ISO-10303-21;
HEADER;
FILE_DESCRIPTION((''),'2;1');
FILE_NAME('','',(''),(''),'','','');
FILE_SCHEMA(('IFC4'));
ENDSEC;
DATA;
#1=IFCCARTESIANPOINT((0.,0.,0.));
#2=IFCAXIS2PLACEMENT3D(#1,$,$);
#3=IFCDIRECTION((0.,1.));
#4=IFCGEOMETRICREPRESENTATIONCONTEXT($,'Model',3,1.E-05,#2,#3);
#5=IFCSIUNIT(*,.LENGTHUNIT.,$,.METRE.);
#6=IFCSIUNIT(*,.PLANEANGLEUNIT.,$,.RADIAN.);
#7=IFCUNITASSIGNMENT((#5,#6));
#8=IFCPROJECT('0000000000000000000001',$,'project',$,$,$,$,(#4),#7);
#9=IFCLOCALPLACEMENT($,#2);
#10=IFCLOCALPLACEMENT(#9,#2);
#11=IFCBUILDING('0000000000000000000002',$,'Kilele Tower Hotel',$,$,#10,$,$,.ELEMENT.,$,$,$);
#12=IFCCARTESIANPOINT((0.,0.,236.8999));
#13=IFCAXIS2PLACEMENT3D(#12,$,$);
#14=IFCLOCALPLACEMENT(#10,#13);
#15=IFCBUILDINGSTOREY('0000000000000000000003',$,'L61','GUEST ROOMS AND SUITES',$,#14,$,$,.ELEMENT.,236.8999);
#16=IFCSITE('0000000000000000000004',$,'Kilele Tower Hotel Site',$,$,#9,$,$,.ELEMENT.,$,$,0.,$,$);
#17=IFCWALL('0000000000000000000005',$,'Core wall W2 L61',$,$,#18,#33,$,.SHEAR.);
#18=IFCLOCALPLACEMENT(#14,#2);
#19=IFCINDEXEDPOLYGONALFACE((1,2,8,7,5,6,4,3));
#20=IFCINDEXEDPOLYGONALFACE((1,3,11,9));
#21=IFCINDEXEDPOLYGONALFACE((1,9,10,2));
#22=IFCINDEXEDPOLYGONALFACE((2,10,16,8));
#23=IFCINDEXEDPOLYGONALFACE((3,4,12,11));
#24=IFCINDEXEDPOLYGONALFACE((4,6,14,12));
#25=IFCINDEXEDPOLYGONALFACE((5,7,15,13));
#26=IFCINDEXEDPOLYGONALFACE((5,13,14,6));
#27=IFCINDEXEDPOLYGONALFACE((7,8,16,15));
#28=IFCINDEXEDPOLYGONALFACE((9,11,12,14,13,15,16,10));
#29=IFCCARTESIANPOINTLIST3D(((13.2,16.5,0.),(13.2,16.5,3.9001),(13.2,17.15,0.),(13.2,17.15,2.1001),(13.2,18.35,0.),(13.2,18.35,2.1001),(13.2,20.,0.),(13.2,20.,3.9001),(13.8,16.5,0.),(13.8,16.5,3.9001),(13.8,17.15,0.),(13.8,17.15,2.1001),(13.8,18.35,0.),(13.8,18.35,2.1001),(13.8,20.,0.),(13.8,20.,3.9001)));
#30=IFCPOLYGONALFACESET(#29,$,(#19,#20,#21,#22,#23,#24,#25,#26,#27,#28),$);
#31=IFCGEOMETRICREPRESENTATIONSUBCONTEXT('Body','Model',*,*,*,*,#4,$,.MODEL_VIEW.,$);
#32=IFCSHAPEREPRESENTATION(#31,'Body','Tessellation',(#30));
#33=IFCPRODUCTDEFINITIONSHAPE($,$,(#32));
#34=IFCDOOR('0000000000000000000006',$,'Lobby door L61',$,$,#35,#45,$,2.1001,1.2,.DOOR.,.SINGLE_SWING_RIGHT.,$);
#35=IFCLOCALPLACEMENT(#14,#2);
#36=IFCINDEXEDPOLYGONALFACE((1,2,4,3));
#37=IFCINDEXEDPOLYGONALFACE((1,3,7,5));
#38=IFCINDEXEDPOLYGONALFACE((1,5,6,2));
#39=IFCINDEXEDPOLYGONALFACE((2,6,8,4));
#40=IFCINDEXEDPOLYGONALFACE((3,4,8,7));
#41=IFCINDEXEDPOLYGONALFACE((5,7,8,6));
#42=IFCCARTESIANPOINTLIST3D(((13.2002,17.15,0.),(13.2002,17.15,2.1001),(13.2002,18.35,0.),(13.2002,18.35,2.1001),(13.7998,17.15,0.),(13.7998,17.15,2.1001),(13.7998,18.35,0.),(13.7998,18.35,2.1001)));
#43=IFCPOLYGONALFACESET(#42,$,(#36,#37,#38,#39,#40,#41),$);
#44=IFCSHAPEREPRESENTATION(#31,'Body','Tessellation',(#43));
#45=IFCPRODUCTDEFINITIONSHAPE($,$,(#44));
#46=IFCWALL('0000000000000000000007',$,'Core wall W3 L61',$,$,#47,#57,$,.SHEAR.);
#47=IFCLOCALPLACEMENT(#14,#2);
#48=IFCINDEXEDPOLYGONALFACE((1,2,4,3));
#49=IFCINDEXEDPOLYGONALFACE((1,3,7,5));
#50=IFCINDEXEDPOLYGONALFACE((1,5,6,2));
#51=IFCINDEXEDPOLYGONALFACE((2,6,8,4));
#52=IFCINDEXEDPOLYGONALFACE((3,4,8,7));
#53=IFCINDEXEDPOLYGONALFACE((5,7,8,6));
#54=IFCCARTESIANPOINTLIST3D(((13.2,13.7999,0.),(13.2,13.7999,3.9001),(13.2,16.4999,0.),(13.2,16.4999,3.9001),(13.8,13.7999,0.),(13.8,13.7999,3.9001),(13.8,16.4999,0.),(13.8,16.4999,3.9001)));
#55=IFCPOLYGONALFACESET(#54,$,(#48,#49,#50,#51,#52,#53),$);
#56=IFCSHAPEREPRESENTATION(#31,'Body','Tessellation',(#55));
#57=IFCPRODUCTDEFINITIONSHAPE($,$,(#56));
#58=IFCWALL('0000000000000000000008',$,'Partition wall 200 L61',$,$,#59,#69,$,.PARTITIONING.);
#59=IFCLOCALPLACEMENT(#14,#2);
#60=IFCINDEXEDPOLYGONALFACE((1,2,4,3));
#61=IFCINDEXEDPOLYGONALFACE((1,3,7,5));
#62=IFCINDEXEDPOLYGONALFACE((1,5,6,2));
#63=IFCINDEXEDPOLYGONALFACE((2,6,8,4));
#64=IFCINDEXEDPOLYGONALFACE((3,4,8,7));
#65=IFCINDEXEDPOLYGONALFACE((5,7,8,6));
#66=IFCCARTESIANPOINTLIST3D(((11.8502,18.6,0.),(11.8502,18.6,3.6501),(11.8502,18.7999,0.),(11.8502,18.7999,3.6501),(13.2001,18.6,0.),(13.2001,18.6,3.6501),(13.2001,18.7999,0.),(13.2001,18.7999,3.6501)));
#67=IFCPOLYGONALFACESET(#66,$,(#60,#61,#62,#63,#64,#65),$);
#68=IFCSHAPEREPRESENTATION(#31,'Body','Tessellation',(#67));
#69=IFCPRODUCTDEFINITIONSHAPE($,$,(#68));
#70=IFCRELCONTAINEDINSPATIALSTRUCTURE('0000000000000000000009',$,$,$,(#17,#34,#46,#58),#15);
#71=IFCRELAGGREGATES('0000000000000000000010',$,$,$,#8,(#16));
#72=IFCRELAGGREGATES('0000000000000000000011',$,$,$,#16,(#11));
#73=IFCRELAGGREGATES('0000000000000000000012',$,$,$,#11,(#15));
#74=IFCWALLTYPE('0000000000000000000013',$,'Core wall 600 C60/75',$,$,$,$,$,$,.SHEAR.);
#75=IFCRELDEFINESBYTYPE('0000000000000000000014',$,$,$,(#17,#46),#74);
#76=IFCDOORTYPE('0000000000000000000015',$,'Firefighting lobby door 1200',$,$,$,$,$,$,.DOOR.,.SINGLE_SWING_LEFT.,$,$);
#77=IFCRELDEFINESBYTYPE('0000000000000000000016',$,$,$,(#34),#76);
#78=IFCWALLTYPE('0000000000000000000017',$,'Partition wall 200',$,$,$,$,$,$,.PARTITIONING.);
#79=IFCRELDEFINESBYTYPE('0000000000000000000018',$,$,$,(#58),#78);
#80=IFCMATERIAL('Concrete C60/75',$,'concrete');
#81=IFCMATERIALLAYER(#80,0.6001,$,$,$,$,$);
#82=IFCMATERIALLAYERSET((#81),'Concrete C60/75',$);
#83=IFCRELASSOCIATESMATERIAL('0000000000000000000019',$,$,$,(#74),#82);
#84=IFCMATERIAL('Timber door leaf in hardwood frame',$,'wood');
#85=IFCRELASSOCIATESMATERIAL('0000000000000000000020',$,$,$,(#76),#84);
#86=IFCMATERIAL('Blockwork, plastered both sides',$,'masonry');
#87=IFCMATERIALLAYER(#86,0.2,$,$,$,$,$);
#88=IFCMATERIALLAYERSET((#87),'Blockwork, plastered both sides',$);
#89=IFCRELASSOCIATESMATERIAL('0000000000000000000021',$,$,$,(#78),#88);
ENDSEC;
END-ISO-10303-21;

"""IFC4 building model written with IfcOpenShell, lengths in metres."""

from ifc_helpers import new_model, si_unit, direction, frame, frame_2d, origin, place, context, subcontext, project, spatial, rectangle, extrude, material, layer, layer_set, type_object, element, fill, save


model = new_model("IFC4")

# Units and contexts
model_context = context("Model", 3, precision=1e-05, world=origin(), true_north=direction((0.0, 1.0)))
body_context = subcontext(model_context, "Body", "Model", "MODEL_VIEW")
ifc_project = project(units=[si_unit("LENGTHUNIT", "METRE"), si_unit("PLANEANGLEUNIT", "RADIAN")], contexts=[model_context])

# Site, building, storey
site_placement = place(None, origin())
site = spatial("IfcSite", under=ifc_project, at=site_placement, Name="Kilele Tower Hotel Site", CompositionType="ELEMENT", RefElevation=0.0)
building_placement = place(site_placement, origin())
building = spatial("IfcBuilding", under=site, at=building_placement, Name="Kilele Tower Hotel", CompositionType="ELEMENT")
storey_placement = place(building_placement, frame((0.0, 0.0, 236.8999)))
storey = spatial("IfcBuildingStorey", under=building, at=storey_placement, Name="L61", Description="GUEST ROOMS AND SUITES", CompositionType="ELEMENT", Elevation=236.8999)

# Shared definitions
ifc_material_1 = material(Name="Concrete C60/75", Category="concrete")
ifc_layer_1 = layer(ifc_material_1, 0.6001)
ifc_layer_set_1 = layer_set([ifc_layer_1], Name="Concrete C60/75")
wall_type_1 = type_object("IfcWallType", Name="Core wall 600 C60/75", PredefinedType="SHEAR", material=ifc_layer_set_1)
ifc_material_2 = material(Name="Timber door leaf in hardwood frame", Category="wood")
door_type_1 = type_object("IfcDoorType", Name="Firefighting lobby door 1200", OperationType="SINGLE_SWING_LEFT", PredefinedType="DOOR", material=ifc_material_2)

# Wall, opening, door
wall_1_placement = place(storey_placement, frame((13.5, 20.0, 0.0), z_axis=(0.0, 0.0, 1.0), x_axis=(0.0, -1.0, 0.0)))
wall_1 = element("IfcWall", 1, at=wall_1_placement, inside=storey, type_object=wall_type_1, Name="Core wall W2 L61", PredefinedType="SHEAR", context=body_context, shape_type="SweptSolid", body=[
    extrude(rectangle(XDim=3.5, YDim=0.6001, at=frame_2d((1.75, 0.0))), origin(), (0.0, 0.0, 1.0), 3.9001),
])
opening_1_placement = place(wall_1_placement, frame((1.6499, 0.0, 0.0)))
opening_1 = element("IfcOpeningElement", 2, at=opening_1_placement, cuts=wall_1, PredefinedType="OPENING", context=body_context, shape_type="SweptSolid", body=[
    extrude(rectangle(XDim=1.2, YDim=2.1001, at=frame_2d((0.6001, 1.05))), frame((0.0, 0.3101, 0.0), z_axis=(0.0, -1.0, 0.0), x_axis=(1.0, 0.0, 0.0)), (0.0, 0.0, 1.0), 0.6201),
])
door_1_placement = place(opening_1_placement, origin())
door_1 = element("IfcDoor", 3, at=door_1_placement, inside=storey, type_object=door_type_1, Name="Lobby door L61", OperationType="SINGLE_SWING_RIGHT", OverallHeight=2.1001, OverallWidth=1.2, PredefinedType="DOOR", context=body_context, shape_type="SweptSolid", body=[
    extrude(rectangle(XDim=1.2, YDim=2.1001, at=frame_2d((0.6001, 1.05))), frame((0.0, 0.2998, 0.0), z_axis=(0.0, -1.0, 0.0), x_axis=(1.0, 0.0, 0.0)), (0.0, 0.0, 1.0), 0.5996),
])
fill(opening_1, door_1)

# Walls
wall_2_placement = place(storey_placement, frame((13.5, 16.5, 0.0), z_axis=(0.0, 0.0, 1.0), x_axis=(0.0, -1.0, 0.0)))
element("IfcWall", 4, at=wall_2_placement, inside=storey, type_object=wall_type_1, Name="Core wall W3 L61", PredefinedType="SHEAR", context=body_context, shape_type="SweptSolid", body=[
    extrude(rectangle(XDim=2.7, YDim=0.6001, at=frame_2d((1.3501, 0.0))), origin(), (0.0, 0.0, 1.0), 3.9001),
])
ifc_material_3 = material(Name="Blockwork, plastered both sides", Category="masonry")
ifc_layer_2 = layer(ifc_material_3, 0.2)
ifc_layer_set_2 = layer_set([ifc_layer_2], Name="Blockwork, plastered both sides")
wall_type_2 = type_object("IfcWallType", Name="Partition wall 200", PredefinedType="PARTITIONING", material=ifc_layer_set_2)
wall_3_placement = place(storey_placement, frame((13.2, 18.7, 0.0), z_axis=(0.0, 0.0, 1.0), x_axis=(-1.0, 0.0, 0.0)))
element("IfcWall", 5, at=wall_3_placement, inside=storey, type_object=wall_type_2, Name="Partition wall 200 L61", PredefinedType="PARTITIONING", context=body_context, shape_type="SweptSolid", body=[
    extrude(rectangle(XDim=1.3499, YDim=0.2, at=frame_2d((0.6748, 0.0))), origin(), (0.0, 0.0, 1.0), 3.6501),
])

save(model, "model.ifc")
